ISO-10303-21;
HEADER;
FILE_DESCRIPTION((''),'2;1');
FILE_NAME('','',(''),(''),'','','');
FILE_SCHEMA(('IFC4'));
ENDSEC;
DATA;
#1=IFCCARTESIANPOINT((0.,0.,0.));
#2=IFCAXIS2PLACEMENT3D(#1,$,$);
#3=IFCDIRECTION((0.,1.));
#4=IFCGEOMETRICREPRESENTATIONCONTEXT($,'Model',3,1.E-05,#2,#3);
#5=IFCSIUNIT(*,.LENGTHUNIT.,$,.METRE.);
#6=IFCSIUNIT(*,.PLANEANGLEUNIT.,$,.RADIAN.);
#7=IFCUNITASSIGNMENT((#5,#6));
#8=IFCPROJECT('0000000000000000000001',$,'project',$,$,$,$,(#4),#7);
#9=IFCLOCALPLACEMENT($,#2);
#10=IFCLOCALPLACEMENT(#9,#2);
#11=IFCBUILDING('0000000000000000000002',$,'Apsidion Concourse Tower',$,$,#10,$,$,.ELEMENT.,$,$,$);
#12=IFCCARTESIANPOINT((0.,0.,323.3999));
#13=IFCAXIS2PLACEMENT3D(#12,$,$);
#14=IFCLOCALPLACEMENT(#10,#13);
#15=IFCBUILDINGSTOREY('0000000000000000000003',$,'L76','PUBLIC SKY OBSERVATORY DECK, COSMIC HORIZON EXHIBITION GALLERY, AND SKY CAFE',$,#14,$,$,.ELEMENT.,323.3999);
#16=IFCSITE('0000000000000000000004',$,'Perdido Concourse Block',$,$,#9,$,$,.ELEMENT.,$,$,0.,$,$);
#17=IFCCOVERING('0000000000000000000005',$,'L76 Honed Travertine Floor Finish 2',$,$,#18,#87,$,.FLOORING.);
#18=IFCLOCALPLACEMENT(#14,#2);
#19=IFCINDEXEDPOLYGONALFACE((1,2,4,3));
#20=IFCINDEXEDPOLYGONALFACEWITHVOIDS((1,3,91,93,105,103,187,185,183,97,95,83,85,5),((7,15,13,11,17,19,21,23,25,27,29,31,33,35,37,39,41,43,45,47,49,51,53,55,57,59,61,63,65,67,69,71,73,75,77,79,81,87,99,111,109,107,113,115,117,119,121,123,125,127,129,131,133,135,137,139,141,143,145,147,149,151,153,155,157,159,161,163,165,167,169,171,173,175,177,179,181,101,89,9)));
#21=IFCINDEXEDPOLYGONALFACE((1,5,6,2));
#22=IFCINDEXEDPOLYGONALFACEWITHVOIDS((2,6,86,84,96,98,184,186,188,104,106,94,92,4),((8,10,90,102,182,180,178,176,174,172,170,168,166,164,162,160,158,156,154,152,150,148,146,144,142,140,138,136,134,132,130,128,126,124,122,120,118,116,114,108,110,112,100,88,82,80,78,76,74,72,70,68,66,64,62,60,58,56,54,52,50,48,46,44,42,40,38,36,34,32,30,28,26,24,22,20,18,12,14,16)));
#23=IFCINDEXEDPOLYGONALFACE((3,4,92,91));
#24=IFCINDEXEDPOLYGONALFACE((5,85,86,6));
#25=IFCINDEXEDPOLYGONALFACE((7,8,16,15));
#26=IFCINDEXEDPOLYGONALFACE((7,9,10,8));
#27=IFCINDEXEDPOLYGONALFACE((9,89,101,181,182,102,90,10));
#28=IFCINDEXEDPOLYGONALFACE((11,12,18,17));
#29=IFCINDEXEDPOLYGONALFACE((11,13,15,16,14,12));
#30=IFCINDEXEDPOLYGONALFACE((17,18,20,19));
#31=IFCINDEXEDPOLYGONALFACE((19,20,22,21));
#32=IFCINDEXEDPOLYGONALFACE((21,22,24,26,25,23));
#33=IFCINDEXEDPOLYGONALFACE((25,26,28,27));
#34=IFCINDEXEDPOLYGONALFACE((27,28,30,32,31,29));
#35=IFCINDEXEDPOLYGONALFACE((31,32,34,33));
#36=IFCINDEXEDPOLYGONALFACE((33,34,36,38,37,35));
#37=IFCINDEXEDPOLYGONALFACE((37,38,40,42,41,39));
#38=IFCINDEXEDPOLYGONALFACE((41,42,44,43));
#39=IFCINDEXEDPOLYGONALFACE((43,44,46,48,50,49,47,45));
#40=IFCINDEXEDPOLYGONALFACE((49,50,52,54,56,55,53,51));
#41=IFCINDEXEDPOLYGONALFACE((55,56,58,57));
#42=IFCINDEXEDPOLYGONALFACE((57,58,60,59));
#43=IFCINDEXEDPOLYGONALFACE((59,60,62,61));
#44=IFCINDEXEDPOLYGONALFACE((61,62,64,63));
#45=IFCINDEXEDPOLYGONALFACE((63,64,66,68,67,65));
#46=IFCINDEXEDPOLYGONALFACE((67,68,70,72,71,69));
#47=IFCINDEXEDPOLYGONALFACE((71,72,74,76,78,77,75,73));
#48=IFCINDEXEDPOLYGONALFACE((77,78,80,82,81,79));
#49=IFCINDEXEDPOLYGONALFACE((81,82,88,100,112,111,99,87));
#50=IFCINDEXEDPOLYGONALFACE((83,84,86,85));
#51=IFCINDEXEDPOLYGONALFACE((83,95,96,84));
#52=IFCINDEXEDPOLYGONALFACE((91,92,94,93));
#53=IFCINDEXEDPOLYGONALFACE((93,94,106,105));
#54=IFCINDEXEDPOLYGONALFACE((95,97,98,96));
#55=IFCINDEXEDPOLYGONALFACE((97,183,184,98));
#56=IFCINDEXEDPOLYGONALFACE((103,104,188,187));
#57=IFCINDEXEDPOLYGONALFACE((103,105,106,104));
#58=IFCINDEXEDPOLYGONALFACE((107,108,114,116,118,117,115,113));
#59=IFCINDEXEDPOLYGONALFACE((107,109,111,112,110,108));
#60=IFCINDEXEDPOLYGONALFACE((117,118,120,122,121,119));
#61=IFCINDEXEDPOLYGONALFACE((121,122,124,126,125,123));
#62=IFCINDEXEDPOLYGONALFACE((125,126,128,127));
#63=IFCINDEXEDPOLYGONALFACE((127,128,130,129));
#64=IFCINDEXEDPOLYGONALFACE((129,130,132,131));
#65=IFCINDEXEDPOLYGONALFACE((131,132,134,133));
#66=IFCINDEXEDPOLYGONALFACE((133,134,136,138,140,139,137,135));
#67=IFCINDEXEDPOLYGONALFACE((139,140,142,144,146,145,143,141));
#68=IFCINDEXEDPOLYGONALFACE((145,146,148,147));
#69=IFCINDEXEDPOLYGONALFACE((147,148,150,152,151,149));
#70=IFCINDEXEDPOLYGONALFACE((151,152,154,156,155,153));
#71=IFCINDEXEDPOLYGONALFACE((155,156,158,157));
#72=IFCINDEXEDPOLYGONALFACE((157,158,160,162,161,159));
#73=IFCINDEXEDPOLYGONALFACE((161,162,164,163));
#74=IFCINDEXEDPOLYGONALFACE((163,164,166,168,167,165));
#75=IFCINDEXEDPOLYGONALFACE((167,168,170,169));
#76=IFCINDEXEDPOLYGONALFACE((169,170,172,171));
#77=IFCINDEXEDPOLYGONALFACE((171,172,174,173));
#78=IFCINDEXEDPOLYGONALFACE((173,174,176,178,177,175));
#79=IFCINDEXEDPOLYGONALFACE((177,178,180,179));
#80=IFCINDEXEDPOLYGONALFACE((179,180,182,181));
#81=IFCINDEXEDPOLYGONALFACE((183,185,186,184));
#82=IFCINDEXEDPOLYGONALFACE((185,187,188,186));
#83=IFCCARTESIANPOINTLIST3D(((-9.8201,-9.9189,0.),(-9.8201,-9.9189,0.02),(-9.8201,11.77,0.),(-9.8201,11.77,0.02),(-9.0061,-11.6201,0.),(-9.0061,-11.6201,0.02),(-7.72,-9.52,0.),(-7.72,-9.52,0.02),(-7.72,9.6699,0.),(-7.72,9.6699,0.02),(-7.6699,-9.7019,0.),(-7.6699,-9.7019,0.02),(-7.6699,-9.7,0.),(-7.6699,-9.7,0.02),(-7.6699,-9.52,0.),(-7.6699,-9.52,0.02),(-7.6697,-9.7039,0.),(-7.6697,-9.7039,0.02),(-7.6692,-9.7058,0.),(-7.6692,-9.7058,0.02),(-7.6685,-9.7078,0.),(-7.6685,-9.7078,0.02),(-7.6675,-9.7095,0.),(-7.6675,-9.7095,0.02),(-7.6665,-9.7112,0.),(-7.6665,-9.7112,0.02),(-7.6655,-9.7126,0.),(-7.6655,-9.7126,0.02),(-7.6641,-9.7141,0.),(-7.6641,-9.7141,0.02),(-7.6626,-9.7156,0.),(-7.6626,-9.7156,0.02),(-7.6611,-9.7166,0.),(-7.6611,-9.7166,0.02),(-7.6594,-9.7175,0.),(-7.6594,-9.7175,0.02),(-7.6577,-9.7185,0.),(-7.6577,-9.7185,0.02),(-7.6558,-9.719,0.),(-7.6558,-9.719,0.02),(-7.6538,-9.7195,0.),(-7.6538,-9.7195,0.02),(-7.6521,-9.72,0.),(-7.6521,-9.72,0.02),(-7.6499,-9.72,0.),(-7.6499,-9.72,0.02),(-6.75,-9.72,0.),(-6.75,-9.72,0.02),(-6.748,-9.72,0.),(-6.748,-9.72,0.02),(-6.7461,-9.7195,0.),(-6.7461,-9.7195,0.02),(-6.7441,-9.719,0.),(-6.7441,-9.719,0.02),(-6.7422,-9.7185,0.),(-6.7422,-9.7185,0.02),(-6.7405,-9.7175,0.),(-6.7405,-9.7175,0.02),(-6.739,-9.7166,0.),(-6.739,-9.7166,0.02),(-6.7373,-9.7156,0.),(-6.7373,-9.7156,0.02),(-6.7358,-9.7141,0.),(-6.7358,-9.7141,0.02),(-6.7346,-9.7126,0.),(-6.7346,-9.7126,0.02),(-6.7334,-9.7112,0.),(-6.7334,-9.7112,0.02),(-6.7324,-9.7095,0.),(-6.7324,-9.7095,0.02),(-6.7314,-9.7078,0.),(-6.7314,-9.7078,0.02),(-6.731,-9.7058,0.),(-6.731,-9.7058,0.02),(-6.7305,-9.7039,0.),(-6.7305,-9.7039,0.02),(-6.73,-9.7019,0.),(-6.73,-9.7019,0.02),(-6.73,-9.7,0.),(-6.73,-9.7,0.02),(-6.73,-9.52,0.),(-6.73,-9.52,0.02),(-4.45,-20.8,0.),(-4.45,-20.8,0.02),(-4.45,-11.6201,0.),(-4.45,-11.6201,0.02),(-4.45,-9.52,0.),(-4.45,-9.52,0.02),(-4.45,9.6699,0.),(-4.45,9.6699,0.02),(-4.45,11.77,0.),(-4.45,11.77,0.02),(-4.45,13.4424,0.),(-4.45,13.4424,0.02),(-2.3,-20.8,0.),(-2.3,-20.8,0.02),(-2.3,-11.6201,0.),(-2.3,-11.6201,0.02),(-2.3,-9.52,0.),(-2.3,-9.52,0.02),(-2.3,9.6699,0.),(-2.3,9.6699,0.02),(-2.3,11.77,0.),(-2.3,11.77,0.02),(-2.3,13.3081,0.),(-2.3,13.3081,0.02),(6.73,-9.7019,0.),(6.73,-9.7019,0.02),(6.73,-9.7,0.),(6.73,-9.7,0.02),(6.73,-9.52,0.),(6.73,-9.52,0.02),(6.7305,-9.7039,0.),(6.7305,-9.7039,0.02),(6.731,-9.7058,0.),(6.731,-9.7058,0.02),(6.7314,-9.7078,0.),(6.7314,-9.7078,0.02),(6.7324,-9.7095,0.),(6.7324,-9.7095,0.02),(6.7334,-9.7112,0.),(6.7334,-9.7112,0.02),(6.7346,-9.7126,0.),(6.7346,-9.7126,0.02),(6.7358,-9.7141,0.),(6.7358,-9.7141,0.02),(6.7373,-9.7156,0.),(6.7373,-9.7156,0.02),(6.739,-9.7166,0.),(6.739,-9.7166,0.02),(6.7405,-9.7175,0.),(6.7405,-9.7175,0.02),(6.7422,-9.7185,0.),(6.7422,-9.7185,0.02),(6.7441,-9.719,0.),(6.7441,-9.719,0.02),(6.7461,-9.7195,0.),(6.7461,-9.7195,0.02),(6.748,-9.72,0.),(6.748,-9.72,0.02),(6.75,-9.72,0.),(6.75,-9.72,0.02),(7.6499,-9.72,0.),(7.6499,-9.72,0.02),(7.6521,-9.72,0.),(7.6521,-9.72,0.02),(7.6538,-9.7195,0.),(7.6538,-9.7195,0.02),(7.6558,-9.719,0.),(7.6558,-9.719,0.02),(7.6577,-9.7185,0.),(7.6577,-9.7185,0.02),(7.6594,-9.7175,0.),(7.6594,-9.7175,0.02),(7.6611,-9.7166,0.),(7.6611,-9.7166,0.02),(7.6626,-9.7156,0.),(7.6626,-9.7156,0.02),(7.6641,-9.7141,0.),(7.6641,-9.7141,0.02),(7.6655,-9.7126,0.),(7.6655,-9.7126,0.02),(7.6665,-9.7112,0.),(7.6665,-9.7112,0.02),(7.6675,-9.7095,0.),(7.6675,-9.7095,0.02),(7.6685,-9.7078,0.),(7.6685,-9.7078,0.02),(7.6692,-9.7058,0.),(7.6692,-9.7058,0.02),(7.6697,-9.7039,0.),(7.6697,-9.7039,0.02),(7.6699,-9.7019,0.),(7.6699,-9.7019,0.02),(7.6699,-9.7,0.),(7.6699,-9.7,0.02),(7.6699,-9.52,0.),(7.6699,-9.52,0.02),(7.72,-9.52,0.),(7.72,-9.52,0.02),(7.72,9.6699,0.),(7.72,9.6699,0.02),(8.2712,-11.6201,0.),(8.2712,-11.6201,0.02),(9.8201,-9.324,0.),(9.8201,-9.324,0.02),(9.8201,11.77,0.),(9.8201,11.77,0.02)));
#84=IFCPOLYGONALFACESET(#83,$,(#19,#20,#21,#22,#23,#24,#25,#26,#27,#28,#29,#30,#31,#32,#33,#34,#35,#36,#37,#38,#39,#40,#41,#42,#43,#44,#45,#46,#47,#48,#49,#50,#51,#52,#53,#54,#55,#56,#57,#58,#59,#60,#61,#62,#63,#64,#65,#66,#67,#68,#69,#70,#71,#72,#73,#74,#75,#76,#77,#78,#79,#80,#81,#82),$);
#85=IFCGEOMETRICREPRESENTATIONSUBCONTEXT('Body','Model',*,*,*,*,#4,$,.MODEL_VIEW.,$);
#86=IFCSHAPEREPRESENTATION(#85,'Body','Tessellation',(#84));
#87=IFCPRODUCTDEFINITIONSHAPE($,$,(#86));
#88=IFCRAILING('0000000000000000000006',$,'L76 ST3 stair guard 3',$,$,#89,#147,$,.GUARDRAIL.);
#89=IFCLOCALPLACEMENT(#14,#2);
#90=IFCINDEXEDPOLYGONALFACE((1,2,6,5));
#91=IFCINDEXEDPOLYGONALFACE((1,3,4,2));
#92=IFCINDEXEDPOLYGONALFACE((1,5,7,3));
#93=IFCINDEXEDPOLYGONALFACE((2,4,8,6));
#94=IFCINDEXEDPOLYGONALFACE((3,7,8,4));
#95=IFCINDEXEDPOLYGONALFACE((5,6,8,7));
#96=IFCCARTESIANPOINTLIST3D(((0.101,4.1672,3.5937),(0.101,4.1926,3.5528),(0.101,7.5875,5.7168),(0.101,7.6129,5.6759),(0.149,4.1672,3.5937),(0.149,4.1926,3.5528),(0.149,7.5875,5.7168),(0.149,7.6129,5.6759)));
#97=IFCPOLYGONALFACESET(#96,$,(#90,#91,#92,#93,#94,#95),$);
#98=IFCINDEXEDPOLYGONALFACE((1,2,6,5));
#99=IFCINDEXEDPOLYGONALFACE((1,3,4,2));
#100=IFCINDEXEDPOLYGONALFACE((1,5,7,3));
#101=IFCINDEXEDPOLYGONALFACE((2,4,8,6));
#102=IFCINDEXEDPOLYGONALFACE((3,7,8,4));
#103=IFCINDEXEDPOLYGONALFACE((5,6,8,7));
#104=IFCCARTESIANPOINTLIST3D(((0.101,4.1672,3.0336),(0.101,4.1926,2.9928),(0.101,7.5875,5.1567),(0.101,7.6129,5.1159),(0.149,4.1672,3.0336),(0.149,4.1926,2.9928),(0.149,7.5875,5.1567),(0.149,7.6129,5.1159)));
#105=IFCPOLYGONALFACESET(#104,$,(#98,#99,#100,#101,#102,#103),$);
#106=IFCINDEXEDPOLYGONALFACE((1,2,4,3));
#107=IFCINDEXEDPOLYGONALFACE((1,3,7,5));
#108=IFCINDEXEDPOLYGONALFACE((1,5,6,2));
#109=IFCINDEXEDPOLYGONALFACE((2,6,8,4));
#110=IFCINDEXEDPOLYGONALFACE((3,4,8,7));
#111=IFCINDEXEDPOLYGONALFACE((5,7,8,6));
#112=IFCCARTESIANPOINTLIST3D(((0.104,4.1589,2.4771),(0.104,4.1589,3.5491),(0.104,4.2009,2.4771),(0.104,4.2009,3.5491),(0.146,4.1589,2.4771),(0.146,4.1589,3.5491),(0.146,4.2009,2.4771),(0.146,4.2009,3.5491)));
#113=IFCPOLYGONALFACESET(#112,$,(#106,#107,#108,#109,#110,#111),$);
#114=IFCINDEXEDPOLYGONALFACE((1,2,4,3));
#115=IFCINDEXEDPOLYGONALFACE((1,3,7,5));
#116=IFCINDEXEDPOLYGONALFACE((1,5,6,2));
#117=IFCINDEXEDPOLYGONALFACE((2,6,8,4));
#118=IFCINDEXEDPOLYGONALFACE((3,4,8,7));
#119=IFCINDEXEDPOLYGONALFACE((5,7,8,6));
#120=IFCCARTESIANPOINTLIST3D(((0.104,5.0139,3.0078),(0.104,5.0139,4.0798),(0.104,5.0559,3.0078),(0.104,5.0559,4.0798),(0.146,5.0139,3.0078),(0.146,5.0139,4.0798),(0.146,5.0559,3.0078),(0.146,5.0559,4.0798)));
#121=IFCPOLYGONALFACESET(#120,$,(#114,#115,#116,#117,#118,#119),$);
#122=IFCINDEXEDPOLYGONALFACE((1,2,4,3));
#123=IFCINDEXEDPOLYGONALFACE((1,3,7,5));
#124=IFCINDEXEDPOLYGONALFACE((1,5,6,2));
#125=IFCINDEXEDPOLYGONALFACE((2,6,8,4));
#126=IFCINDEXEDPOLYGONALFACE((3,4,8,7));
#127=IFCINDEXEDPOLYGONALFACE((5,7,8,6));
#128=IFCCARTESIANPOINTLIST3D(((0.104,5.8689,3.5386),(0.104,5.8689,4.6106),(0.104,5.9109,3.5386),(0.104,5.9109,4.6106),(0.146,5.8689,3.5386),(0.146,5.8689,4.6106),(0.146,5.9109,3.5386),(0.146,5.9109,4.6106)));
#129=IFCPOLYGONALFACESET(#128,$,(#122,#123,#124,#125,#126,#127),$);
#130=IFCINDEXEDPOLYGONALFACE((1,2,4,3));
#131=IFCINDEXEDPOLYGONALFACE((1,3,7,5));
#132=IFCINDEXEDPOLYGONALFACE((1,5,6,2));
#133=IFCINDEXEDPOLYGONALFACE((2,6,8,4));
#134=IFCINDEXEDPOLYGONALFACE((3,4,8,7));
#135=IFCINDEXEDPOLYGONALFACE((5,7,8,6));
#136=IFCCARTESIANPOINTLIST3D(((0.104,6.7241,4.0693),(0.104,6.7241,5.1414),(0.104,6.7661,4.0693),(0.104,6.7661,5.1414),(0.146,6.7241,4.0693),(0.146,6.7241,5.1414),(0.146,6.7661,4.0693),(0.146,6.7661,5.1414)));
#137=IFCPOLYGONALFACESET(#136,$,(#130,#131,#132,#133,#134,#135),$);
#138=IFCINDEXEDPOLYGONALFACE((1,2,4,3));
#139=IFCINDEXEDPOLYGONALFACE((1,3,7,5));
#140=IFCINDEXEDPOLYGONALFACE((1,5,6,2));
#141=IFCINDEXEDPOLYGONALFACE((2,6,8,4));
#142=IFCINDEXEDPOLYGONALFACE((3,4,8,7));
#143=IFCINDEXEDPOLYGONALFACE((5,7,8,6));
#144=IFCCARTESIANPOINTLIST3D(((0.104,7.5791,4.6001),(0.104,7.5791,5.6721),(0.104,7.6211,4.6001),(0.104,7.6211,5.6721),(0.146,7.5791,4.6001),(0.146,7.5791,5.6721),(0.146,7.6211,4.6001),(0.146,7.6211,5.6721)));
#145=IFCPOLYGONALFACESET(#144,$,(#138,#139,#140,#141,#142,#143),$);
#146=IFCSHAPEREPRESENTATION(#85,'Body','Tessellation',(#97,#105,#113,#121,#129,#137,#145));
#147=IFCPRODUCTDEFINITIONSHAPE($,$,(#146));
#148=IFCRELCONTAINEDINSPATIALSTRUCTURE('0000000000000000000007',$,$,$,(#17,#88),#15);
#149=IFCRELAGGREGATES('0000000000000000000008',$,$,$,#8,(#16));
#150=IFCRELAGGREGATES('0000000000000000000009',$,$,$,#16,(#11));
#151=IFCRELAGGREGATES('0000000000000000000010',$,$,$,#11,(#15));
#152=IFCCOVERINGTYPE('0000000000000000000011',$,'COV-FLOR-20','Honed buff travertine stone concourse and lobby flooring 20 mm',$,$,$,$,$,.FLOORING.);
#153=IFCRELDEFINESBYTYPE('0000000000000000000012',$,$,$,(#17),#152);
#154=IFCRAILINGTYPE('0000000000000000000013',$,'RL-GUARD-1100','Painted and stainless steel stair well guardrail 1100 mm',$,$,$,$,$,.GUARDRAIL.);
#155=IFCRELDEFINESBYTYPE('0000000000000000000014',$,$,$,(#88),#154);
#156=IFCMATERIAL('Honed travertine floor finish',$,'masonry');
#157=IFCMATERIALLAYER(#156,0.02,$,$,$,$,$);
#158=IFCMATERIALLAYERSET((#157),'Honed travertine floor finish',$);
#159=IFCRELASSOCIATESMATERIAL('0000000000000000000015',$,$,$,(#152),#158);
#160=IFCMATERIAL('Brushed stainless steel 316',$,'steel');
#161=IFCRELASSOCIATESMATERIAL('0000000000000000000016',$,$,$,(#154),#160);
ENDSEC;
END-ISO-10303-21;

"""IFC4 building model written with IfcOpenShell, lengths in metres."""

from ifc_helpers import new_model, si_unit, direction, frame, origin, origin_2d, place, context, subcontext, project, spatial, polyline, rectangle, outline, extrude, material, layer, layer_set, type_object, element, save


model = new_model("IFC4")

# Units and contexts
model_context = context("Model", 3, precision=1e-05, world=origin(), true_north=direction((0.0, 1.0)))
body_context = subcontext(model_context, "Body", "Model", "MODEL_VIEW")
ifc_project = project(units=[si_unit("LENGTHUNIT", "METRE"), si_unit("PLANEANGLEUNIT", "RADIAN")], contexts=[model_context])

# Site, building, storey
site_placement = place(None, origin())
site = spatial("IfcSite", under=ifc_project, at=site_placement, Name="Perdido Concourse Block", CompositionType="ELEMENT", RefElevation=0.0)
building_placement = place(site_placement, origin())
building = spatial("IfcBuilding", under=site, at=building_placement, Name="Apsidion Concourse Tower", CompositionType="ELEMENT")
storey_placement = place(building_placement, frame((0.0, 0.0, 323.3999)))
storey = spatial("IfcBuildingStorey", under=building, at=storey_placement, Name="L76", Description="PUBLIC SKY OBSERVATORY DECK, COSMIC HORIZON EXHIBITION GALLERY, AND SKY CAFE", CompositionType="ELEMENT", Elevation=323.3999)

# Covering
ifc_material_1 = material(Name="Honed travertine floor finish", Category="masonry")
ifc_layer_1 = layer(ifc_material_1, 0.02)
ifc_layer_set_1 = layer_set([ifc_layer_1], Name="Honed travertine floor finish")
covering_type_1 = type_object("IfcCoveringType", Name="COV-FLOR-20", Description="Honed buff travertine stone concourse and lobby flooring 20 mm", PredefinedType="FLOORING", material=ifc_layer_set_1)
covering_1_placement = place(storey_placement, origin())
element("IfcCovering", 1, at=covering_1_placement, inside=storey, type_object=covering_type_1, Name="L76 Honed Travertine Floor Finish 2", PredefinedType="FLOORING", context=body_context, shape_type="SweptSolid", body=[
    extrude(outline(polyline([(-9.0061, -11.6201), (-9.8201, -9.9189), (-9.8201, 11.77), (-4.45, 11.77), (-4.45, 13.4424), (-2.3, 13.3081), (-2.3, 11.77), (9.8201, 11.77), (9.8201, -9.324), (8.2712, -11.6201), (-2.3, -11.6201), (-2.3, -20.8), (-4.45, -20.8), (-4.45, -11.6201), (-9.0061, -11.6201)]), holes=[polyline([(-2.3, 9.6699), (-4.45, 9.6699), (-7.72, 9.6699), (-7.72, -9.52), (-7.6699, -9.52), (-7.6699, -9.7), (-7.6699, -9.7019), (-7.6697, -9.7039), (-7.6692, -9.7058), (-7.6685, -9.7078), (-7.6675, -9.7095), (-7.6665, -9.7112), (-7.6655, -9.7126), (-7.6641, -9.7141), (-7.6626, -9.7156), (-7.6611, -9.7166), (-7.6594, -9.7175), (-7.6577, -9.7185), (-7.6558, -9.719), (-7.6538, -9.7195), (-7.6521, -9.72), (-7.6499, -9.72), (-6.75, -9.72), (-6.748, -9.72), (-6.7461, -9.7195), (-6.7441, -9.719), (-6.7422, -9.7185), (-6.7405, -9.7175), (-6.739, -9.7166), (-6.7373, -9.7156), (-6.7358, -9.7141), (-6.7346, -9.7126), (-6.7334, -9.7112), (-6.7324, -9.7095), (-6.7314, -9.7078), (-6.731, -9.7058), (-6.7305, -9.7039), (-6.73, -9.7019), (-6.73, -9.7), (-6.73, -9.52), (-4.45, -9.52), (-2.3, -9.52), (6.73, -9.52), (6.73, -9.7), (6.73, -9.7019), (6.7305, -9.7039), (6.731, -9.7058), (6.7314, -9.7078), (6.7324, -9.7095), (6.7334, -9.7112), (6.7346, -9.7126), (6.7358, -9.7141), (6.7373, -9.7156), (6.739, -9.7166), (6.7405, -9.7175), (6.7422, -9.7185), (6.7441, -9.719), (6.7461, -9.7195), (6.748, -9.72), (6.75, -9.72), (7.6499, -9.72), (7.6521, -9.72), (7.6538, -9.7195), (7.6558, -9.719), (7.6577, -9.7185), (7.6594, -9.7175), (7.6611, -9.7166), (7.6626, -9.7156), (7.6641, -9.7141), (7.6655, -9.7126), (7.6665, -9.7112), (7.6675, -9.7095), (7.6685, -9.7078), (7.6692, -9.7058), (7.6697, -9.7039), (7.6699, -9.7019), (7.6699, -9.7), (7.6699, -9.52), (7.72, -9.52), (7.72, 9.6699), (-2.3, 9.6699)])]), origin(), (0.0, 0.0, 1.0), 0.02),
])

# Railing
ifc_material_2 = material(Name="Brushed stainless steel 316", Category="steel")
railing_type_1 = type_object("IfcRailingType", Name="RL-GUARD-1100", Description="Painted and stainless steel stair well guardrail 1100 mm", PredefinedType="GUARDRAIL", material=ifc_material_2)
railing_1_placement = place(storey_placement, frame((0.125, 4.1799, 2.4771)))
element("IfcRailing", 2, at=railing_1_placement, inside=storey, type_object=railing_type_1, Name="L76 ST3 stair guard 3", PredefinedType="GUARDRAIL", context=body_context, shape_type="SweptSolid", body=[
    extrude(rectangle(XDim=0.0481, YDim=0.0481, at=origin_2d()), frame((0.0, 0.0, 1.0962), z_axis=(0.0, 0.84962, 0.527396), x_axis=(-1.0, 0.0, 0.0)), (0.0, 0.0, 1.0), 4.0256),
    extrude(rectangle(XDim=0.0481, YDim=0.0481, at=origin_2d()), frame((0.0, 0.0, 0.5361), z_axis=(0.0, 0.84962, 0.527396), x_axis=(-1.0, 0.0, 0.0)), (0.0, 0.0, 1.0), 4.0256),
    extrude(rectangle(XDim=0.042, YDim=0.042, at=origin_2d()), origin(), (0.0, 0.0, 1.0), 1.072),
    extrude(rectangle(XDim=0.042, YDim=0.042, at=origin_2d()), frame((0.0, 0.855, 0.5308)), (0.0, 0.0, 1.0), 1.072),
    extrude(rectangle(XDim=0.042, YDim=0.042, at=origin_2d()), frame((0.0, 1.71, 1.0615)), (0.0, 0.0, 1.0), 1.072),
    extrude(rectangle(XDim=0.042, YDim=0.042, at=origin_2d()), frame((0.0, 2.5652, 1.5923)), (0.0, 0.0, 1.0), 1.072),
    extrude(rectangle(XDim=0.042, YDim=0.042, at=origin_2d()), frame((0.0, 3.4202, 2.123)), (0.0, 0.0, 1.0), 1.072),
])

save(model, "model.ifc")
